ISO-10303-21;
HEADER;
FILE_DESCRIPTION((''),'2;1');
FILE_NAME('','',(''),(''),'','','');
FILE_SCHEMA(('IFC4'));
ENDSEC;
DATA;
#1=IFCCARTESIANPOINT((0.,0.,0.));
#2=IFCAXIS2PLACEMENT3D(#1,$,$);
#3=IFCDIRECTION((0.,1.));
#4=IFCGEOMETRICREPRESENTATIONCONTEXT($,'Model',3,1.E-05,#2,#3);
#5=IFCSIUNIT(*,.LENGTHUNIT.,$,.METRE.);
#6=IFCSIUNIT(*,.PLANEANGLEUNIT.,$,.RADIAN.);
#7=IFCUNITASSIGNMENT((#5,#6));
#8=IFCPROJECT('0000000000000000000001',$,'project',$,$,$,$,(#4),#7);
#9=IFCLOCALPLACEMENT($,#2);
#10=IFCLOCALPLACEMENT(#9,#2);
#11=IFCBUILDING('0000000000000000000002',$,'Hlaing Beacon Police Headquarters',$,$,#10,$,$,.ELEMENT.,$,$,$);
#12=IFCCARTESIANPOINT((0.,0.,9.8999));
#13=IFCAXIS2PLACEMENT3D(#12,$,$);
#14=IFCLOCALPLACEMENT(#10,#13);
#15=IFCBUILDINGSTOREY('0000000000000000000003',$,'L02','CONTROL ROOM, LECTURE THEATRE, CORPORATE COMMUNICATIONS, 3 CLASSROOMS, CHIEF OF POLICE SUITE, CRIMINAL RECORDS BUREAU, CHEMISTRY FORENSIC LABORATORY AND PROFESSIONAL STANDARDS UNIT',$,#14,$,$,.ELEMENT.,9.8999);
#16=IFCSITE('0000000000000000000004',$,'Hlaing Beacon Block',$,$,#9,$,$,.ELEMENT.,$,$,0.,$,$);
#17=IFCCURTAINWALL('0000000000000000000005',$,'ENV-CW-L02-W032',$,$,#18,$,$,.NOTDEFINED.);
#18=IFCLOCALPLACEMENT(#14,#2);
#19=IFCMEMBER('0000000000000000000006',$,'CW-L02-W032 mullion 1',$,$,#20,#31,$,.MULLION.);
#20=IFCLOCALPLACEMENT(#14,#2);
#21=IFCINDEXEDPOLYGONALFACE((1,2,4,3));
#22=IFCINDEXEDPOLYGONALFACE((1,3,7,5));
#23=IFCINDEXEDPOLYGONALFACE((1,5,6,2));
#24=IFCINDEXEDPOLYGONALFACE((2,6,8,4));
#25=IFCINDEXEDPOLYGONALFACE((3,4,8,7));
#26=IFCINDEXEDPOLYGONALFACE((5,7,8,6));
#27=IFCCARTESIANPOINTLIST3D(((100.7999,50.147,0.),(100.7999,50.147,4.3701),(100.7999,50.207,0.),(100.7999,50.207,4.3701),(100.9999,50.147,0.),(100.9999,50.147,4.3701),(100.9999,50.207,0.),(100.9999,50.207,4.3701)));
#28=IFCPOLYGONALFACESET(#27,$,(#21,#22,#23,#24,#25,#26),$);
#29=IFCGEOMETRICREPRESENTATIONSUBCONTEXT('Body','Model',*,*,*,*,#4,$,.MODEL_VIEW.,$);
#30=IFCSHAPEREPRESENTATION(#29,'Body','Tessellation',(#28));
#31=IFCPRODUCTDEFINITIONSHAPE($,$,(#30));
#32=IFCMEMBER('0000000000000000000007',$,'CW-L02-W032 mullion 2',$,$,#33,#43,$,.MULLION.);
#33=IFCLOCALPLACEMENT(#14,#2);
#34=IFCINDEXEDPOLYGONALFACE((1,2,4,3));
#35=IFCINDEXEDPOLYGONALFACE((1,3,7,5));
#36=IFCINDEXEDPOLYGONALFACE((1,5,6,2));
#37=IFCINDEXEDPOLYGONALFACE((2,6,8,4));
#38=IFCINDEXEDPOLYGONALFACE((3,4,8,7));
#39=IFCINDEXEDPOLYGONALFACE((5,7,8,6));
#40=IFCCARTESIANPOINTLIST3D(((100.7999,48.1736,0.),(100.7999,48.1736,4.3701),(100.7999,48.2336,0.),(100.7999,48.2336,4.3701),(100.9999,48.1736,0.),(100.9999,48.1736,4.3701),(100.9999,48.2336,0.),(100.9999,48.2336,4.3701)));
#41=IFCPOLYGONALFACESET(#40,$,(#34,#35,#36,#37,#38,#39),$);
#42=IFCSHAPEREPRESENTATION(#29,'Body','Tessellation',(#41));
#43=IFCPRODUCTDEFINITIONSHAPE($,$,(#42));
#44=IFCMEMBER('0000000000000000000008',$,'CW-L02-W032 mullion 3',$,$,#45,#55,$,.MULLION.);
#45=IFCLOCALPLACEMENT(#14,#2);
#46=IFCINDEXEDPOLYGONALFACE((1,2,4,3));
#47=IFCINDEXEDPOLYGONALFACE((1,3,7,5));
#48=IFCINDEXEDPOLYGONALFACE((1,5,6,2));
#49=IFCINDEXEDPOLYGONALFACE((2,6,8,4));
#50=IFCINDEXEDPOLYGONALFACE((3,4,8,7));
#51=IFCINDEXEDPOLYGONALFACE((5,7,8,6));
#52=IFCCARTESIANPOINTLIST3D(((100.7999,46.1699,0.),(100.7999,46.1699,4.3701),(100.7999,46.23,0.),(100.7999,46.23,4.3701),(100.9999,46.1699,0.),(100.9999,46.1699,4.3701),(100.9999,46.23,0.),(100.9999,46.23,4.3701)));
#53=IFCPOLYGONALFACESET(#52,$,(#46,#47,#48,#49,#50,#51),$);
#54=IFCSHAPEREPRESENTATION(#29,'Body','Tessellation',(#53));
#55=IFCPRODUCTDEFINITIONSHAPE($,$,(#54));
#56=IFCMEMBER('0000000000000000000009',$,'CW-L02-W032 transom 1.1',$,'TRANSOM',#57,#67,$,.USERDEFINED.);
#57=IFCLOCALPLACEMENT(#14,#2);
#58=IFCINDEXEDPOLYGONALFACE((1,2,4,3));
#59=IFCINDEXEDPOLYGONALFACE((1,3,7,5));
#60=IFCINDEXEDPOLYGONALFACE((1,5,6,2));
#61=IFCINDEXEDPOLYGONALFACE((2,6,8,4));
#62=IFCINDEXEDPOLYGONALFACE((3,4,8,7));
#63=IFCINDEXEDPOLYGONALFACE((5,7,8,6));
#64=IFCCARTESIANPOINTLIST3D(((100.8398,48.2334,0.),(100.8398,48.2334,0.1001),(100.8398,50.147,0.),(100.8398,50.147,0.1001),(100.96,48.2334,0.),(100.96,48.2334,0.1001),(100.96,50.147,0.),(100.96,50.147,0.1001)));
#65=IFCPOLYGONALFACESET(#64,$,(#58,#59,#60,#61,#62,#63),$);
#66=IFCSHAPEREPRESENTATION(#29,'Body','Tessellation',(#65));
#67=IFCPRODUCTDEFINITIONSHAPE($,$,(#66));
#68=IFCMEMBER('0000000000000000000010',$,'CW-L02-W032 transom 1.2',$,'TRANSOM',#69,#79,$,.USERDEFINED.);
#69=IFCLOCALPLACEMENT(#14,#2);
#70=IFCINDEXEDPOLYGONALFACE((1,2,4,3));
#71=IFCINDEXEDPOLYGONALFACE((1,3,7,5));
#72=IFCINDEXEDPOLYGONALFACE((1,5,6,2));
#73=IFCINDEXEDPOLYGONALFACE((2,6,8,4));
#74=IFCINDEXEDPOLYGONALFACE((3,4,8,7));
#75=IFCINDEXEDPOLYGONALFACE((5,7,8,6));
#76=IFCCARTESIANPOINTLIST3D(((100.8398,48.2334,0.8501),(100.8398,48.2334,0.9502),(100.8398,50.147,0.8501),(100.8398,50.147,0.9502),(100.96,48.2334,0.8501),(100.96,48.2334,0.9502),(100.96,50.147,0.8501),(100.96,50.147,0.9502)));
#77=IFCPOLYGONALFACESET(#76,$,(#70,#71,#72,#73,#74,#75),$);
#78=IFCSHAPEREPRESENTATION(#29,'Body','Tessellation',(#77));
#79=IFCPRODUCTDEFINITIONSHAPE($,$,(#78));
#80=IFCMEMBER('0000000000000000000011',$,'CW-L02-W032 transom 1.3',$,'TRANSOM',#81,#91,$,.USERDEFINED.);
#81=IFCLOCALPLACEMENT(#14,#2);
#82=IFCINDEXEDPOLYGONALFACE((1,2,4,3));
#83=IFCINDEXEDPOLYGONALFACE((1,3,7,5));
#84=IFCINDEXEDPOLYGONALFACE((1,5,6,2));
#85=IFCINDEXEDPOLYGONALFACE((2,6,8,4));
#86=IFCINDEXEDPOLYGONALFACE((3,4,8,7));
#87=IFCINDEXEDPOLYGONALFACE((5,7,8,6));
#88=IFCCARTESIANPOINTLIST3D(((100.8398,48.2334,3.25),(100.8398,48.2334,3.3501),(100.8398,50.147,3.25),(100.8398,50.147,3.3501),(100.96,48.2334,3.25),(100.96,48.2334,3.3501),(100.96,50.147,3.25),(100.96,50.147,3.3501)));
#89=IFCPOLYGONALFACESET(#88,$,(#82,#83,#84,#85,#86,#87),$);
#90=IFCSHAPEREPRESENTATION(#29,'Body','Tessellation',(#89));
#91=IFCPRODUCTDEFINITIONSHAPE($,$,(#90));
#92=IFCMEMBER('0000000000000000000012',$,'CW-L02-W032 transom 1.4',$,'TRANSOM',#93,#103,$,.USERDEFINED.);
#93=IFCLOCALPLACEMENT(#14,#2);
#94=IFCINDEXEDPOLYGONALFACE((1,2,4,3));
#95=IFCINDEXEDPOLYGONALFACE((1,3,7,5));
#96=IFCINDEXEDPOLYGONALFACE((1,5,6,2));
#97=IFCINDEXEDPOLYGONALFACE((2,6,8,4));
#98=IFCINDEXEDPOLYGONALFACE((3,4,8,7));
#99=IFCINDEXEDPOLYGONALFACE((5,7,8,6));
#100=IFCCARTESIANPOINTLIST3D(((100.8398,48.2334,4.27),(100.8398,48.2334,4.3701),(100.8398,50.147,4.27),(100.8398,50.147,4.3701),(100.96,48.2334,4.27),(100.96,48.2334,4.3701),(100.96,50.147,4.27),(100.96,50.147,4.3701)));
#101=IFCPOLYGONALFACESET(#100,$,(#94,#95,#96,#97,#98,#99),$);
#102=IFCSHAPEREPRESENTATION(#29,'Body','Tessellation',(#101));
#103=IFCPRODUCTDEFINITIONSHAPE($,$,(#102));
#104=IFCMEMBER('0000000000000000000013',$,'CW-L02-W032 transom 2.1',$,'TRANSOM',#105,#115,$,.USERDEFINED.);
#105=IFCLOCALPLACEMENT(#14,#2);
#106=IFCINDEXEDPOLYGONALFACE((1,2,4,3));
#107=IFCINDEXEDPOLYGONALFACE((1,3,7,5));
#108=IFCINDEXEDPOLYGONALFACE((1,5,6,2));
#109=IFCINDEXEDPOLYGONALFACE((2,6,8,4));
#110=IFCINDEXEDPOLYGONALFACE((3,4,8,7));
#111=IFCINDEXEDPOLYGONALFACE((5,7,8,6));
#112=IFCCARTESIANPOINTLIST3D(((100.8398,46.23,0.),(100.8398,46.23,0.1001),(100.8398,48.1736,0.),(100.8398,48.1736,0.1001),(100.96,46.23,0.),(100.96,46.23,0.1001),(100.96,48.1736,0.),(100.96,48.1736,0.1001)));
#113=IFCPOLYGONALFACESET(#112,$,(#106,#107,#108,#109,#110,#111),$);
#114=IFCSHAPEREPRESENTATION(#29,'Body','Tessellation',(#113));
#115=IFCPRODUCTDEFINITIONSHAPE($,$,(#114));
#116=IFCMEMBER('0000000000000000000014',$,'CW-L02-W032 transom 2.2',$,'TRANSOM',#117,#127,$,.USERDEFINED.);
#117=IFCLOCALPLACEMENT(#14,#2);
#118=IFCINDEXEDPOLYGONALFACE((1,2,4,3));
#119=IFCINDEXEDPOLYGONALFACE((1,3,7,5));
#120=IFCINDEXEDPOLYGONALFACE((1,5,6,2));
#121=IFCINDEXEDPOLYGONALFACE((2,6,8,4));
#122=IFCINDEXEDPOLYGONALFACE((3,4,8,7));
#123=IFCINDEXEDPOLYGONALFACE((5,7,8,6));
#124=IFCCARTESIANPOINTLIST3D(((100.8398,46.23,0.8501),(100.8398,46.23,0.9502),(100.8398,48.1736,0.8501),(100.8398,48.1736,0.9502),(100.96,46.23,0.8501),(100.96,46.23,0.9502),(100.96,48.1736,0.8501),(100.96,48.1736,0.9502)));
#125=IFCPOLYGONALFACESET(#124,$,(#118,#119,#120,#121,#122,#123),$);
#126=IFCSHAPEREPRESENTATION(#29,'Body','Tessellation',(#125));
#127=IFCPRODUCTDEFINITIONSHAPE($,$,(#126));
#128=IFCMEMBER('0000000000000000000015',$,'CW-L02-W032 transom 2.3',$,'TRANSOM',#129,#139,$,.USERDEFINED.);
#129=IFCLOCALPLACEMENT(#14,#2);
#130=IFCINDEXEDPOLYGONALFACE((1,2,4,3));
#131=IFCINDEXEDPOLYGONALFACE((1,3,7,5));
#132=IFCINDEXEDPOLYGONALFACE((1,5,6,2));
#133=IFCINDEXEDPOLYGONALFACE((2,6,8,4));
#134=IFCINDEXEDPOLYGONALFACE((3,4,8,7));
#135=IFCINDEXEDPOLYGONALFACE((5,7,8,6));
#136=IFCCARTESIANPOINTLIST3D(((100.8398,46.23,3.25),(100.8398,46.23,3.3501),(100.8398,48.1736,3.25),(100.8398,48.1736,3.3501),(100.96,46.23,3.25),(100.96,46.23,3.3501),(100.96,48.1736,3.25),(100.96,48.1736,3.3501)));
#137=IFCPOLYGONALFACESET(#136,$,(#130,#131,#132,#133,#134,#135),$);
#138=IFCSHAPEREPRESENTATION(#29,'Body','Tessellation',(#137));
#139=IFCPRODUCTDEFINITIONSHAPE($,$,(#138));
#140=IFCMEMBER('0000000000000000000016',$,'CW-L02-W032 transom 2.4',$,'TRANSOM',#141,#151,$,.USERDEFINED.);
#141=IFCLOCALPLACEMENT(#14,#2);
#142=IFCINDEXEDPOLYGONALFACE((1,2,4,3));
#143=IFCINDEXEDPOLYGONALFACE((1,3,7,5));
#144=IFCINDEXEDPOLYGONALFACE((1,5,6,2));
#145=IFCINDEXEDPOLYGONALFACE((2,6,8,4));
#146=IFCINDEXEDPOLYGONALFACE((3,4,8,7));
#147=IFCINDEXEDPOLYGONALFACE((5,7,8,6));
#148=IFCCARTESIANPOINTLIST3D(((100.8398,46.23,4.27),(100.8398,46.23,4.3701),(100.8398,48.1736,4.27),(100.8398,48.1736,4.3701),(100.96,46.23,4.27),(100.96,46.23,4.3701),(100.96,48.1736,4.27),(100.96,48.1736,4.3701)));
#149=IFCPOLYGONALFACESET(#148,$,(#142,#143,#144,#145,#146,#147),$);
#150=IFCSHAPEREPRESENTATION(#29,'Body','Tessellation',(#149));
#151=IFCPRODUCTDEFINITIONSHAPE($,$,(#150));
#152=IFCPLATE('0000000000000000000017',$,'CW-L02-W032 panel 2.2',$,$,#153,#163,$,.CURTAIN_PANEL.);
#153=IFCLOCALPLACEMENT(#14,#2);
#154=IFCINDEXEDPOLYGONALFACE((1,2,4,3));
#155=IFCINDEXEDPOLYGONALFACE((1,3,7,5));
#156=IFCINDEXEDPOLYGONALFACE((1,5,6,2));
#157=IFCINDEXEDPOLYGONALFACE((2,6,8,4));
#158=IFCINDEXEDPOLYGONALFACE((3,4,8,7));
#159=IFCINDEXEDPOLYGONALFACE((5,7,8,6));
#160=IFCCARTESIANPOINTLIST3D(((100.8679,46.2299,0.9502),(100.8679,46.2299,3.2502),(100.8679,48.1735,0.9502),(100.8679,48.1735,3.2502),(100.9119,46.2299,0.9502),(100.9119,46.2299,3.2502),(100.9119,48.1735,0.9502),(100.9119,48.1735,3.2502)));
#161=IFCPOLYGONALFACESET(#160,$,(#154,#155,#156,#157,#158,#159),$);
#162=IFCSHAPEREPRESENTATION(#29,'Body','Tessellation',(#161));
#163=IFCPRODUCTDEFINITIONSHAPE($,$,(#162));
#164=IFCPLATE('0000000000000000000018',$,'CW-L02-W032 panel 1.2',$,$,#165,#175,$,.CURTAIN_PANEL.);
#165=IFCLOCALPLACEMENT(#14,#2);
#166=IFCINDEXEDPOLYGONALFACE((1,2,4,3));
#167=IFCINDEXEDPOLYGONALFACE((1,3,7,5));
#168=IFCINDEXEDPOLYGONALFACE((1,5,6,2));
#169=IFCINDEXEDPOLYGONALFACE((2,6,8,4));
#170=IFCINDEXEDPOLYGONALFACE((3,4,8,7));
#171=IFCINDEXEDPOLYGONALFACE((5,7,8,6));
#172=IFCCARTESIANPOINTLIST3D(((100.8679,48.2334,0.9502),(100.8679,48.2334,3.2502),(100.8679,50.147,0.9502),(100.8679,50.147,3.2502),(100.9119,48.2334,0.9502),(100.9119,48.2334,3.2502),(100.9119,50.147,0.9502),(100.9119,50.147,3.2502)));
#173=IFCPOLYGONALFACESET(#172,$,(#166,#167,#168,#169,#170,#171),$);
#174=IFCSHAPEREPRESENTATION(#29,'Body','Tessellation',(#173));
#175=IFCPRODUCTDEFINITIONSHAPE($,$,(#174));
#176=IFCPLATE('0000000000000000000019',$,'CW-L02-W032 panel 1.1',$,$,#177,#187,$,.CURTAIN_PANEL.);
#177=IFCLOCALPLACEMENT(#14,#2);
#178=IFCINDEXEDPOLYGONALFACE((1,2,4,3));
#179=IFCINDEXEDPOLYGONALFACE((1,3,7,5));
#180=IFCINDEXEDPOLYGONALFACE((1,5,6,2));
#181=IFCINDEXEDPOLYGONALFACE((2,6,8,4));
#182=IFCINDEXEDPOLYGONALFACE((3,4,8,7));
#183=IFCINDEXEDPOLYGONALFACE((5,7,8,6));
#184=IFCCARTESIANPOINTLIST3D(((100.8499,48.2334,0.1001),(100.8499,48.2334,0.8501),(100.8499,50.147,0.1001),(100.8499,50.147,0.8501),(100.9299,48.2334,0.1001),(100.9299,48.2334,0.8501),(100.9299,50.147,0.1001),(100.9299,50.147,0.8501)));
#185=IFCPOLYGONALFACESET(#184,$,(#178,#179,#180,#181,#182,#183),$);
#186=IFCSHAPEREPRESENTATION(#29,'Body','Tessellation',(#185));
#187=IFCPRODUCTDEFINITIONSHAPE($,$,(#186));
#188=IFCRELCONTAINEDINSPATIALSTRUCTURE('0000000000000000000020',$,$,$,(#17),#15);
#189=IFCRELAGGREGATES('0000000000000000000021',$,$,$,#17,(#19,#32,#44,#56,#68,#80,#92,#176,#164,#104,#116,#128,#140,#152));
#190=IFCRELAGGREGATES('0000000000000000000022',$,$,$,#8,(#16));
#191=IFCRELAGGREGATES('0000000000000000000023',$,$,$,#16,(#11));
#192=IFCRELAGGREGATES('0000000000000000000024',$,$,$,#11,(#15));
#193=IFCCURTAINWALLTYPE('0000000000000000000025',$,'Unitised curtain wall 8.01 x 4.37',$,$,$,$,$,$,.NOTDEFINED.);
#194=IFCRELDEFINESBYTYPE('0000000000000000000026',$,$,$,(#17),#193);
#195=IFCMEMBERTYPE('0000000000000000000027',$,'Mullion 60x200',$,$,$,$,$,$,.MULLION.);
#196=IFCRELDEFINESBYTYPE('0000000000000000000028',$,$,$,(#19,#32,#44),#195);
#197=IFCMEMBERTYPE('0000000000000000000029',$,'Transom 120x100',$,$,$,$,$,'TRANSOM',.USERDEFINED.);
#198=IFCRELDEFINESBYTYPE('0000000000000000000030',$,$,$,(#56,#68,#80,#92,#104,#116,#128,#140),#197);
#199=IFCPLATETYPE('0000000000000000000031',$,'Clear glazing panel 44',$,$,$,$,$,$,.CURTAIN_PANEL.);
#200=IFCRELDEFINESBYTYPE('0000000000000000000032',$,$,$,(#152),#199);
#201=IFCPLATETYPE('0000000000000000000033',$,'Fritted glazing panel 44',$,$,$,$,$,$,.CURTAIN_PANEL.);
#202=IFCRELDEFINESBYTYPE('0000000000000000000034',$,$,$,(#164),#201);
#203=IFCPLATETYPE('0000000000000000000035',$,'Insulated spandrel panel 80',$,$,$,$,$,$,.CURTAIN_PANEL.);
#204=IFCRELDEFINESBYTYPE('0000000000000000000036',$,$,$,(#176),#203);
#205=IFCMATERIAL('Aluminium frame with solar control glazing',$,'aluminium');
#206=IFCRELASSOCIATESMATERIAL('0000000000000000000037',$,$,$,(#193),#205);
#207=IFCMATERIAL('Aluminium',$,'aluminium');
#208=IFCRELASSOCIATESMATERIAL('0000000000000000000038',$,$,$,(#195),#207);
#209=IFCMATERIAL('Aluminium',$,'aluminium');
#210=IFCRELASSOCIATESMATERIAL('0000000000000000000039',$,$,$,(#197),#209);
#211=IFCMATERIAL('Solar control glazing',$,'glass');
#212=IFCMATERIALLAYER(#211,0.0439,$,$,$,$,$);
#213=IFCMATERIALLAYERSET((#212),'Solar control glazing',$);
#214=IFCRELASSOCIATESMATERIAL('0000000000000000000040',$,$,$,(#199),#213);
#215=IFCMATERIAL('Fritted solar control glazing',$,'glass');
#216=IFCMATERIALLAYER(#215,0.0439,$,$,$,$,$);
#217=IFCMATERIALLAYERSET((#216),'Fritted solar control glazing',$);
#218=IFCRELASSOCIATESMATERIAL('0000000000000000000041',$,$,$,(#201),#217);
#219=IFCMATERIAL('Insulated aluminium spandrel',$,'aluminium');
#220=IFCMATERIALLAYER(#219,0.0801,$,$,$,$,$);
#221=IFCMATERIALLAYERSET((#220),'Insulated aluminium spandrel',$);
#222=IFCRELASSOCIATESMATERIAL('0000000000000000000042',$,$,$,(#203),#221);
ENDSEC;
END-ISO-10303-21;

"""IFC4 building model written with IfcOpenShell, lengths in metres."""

from ifc_helpers import new_model, si_unit, direction, frame, origin, origin_2d, place, context, subcontext, project, spatial, rectangle, extrude, material, layer, layer_set, material_profile, profile_set, type_object, element, aggregate, save


model = new_model("IFC4")

# Units and contexts
model_context = context("Model", 3, precision=1e-05, world=origin(), true_north=direction((0.0, 1.0)))
body_context = subcontext(model_context, "Body", "Model", "MODEL_VIEW")
ifc_project = project(units=[si_unit("LENGTHUNIT", "METRE"), si_unit("PLANEANGLEUNIT", "RADIAN")], contexts=[model_context])

# Site, building, storey
site_placement = place(None, origin())
site = spatial("IfcSite", under=ifc_project, at=site_placement, Name="Hlaing Beacon Block", CompositionType="ELEMENT", RefElevation=0.0)
building_placement = place(site_placement, origin())
building = spatial("IfcBuilding", under=site, at=building_placement, Name="Hlaing Beacon Police Headquarters", CompositionType="ELEMENT")
storey_placement = place(building_placement, frame((0.0, 0.0, 9.8999)))
storey = spatial("IfcBuildingStorey", under=building, at=storey_placement, Name="L02", Description="CONTROL ROOM, LECTURE THEATRE, CORPORATE COMMUNICATIONS, 3 CLASSROOMS, CHIEF OF POLICE SUITE, CRIMINAL RECORDS BUREAU, CHEMISTRY FORENSIC LABORATORY AND PROFESSIONAL STANDARDS UNIT", CompositionType="ELEMENT", Elevation=9.8999)

# Curtain wall, members, plates
ifc_material_1 = material(Name="Aluminium frame with solar control glazing", Category="aluminium")
curtain_wall_type = type_object("IfcCurtainWallType", Name="Unitised curtain wall 8.01 x 4.37", PredefinedType="NOTDEFINED", material=ifc_material_1)
curtain_wall_placement = place(storey_placement, origin())
curtain_wall = element("IfcCurtainWall", 1, at=curtain_wall_placement, inside=storey, type_object=curtain_wall_type, Name="ENV-CW-L02-W032", PredefinedType="NOTDEFINED")
ifc_material_2 = material(Name="Aluminium", Category="aluminium")
ifc_material_profile_1 = material_profile(ifc_material_2, rectangle(XDim=0.2, YDim=0.0601, at=origin_2d()), Name="Mullion 60x200")
ifc_profile_set_1 = profile_set([ifc_material_profile_1], Name="Aluminium")
member_type_1 = type_object("IfcMemberType", Name="Mullion 60x200", PredefinedType="MULLION", material=ifc_profile_set_1)
member_1_placement = place(storey_placement, frame((100.8999, 50.177, 0.0), z_axis=(0.0, 0.0, 1.0), x_axis=(1.0, 0.0, 0.0)))
member_1 = element("IfcMember", 2, at=member_1_placement, type_object=member_type_1, Name="CW-L02-W032 mullion 1", PredefinedType="MULLION", context=body_context, shape_type="SweptSolid", body=[
    extrude(rectangle(XDim=0.2, YDim=0.0601, at=origin_2d()), origin(), (0.0, 0.0, 1.0), 4.3701),
])
member_2_placement = place(storey_placement, frame((100.8999, 48.2036, 0.0), z_axis=(0.0, 0.0, 1.0), x_axis=(1.0, 0.0, 0.0)))
member_2 = element("IfcMember", 3, at=member_2_placement, type_object=member_type_1, Name="CW-L02-W032 mullion 2", PredefinedType="MULLION", context=body_context, shape_type="SweptSolid", body=[
    extrude(rectangle(XDim=0.2, YDim=0.0601, at=origin_2d()), origin(), (0.0, 0.0, 1.0), 4.3701),
])
member_3_placement = place(storey_placement, frame((100.8999, 46.2, 0.0), z_axis=(0.0, 0.0, 1.0), x_axis=(1.0, 0.0, 0.0)))
member_3 = element("IfcMember", 4, at=member_3_placement, type_object=member_type_1, Name="CW-L02-W032 mullion 3", PredefinedType="MULLION", context=body_context, shape_type="SweptSolid", body=[
    extrude(rectangle(XDim=0.2, YDim=0.0601, at=origin_2d()), origin(), (0.0, 0.0, 1.0), 4.3701),
])
ifc_material_3 = material(Name="Aluminium", Category="aluminium")
ifc_material_profile_2 = material_profile(ifc_material_3, rectangle(XDim=0.1201, YDim=0.1001, at=origin_2d()), Name="Transom 120x100")
ifc_profile_set_2 = profile_set([ifc_material_profile_2], Name="Aluminium")
member_type_2 = type_object("IfcMemberType", Name="Transom 120x100", ElementType="TRANSOM", PredefinedType="USERDEFINED", material=ifc_profile_set_2)
member_4_placement = place(storey_placement, frame((100.8999, 50.147, 0.05), z_axis=(0.0, -1.0, 0.0), x_axis=(1.0, 0.0, 0.0)))
member_4 = element("IfcMember", 5, at=member_4_placement, type_object=member_type_2, Name="CW-L02-W032 transom 1.1", ObjectType="TRANSOM", PredefinedType="USERDEFINED", context=body_context, shape_type="SweptSolid", body=[
    extrude(rectangle(XDim=0.1201, YDim=0.1001, at=origin_2d()), origin(), (0.0, 0.0, 1.0), 1.9136),
])
member_5_placement = place(storey_placement, frame((100.8999, 50.147, 0.9001), z_axis=(0.0, -1.0, 0.0), x_axis=(1.0, 0.0, 0.0)))
member_5 = element("IfcMember", 6, at=member_5_placement, type_object=member_type_2, Name="CW-L02-W032 transom 1.2", ObjectType="TRANSOM", PredefinedType="USERDEFINED", context=body_context, shape_type="SweptSolid", body=[
    extrude(rectangle(XDim=0.1201, YDim=0.1001, at=origin_2d()), origin(), (0.0, 0.0, 1.0), 1.9136),
])
member_6_placement = place(storey_placement, frame((100.8999, 50.147, 3.3), z_axis=(0.0, -1.0, 0.0), x_axis=(1.0, 0.0, 0.0)))
member_6 = element("IfcMember", 7, at=member_6_placement, type_object=member_type_2, Name="CW-L02-W032 transom 1.3", ObjectType="TRANSOM", PredefinedType="USERDEFINED", context=body_context, shape_type="SweptSolid", body=[
    extrude(rectangle(XDim=0.1201, YDim=0.1001, at=origin_2d()), origin(), (0.0, 0.0, 1.0), 1.9136),
])
member_7_placement = place(storey_placement, frame((100.8999, 50.147, 4.3201), z_axis=(0.0, -1.0, 0.0), x_axis=(1.0, 0.0, 0.0)))
member_7 = element("IfcMember", 8, at=member_7_placement, type_object=member_type_2, Name="CW-L02-W032 transom 1.4", ObjectType="TRANSOM", PredefinedType="USERDEFINED", context=body_context, shape_type="SweptSolid", body=[
    extrude(rectangle(XDim=0.1201, YDim=0.1001, at=origin_2d()), origin(), (0.0, 0.0, 1.0), 1.9136),
])
member_8_placement = place(storey_placement, frame((100.8999, 48.1736, 0.05), z_axis=(0.0, -1.0, 0.0), x_axis=(1.0, 0.0, 0.0)))
member_8 = element("IfcMember", 9, at=member_8_placement, type_object=member_type_2, Name="CW-L02-W032 transom 2.1", ObjectType="TRANSOM", PredefinedType="USERDEFINED", context=body_context, shape_type="SweptSolid", body=[
    extrude(rectangle(XDim=0.1201, YDim=0.1001, at=origin_2d()), origin(), (0.0, 0.0, 1.0), 1.9436),
])
member_9_placement = place(storey_placement, frame((100.8999, 48.1736, 0.9001), z_axis=(0.0, -1.0, 0.0), x_axis=(1.0, 0.0, 0.0)))
member_9 = element("IfcMember", 10, at=member_9_placement, type_object=member_type_2, Name="CW-L02-W032 transom 2.2", ObjectType="TRANSOM", PredefinedType="USERDEFINED", context=body_context, shape_type="SweptSolid", body=[
    extrude(rectangle(XDim=0.1201, YDim=0.1001, at=origin_2d()), origin(), (0.0, 0.0, 1.0), 1.9436),
])
member_10_placement = place(storey_placement, frame((100.8999, 48.1736, 3.3), z_axis=(0.0, -1.0, 0.0), x_axis=(1.0, 0.0, 0.0)))
member_10 = element("IfcMember", 11, at=member_10_placement, type_object=member_type_2, Name="CW-L02-W032 transom 2.3", ObjectType="TRANSOM", PredefinedType="USERDEFINED", context=body_context, shape_type="SweptSolid", body=[
    extrude(rectangle(XDim=0.1201, YDim=0.1001, at=origin_2d()), origin(), (0.0, 0.0, 1.0), 1.9436),
])
member_11_placement = place(storey_placement, frame((100.8999, 48.1736, 4.3201), z_axis=(0.0, -1.0, 0.0), x_axis=(1.0, 0.0, 0.0)))
member_11 = element("IfcMember", 12, at=member_11_placement, type_object=member_type_2, Name="CW-L02-W032 transom 2.4", ObjectType="TRANSOM", PredefinedType="USERDEFINED", context=body_context, shape_type="SweptSolid", body=[
    extrude(rectangle(XDim=0.1201, YDim=0.1001, at=origin_2d()), origin(), (0.0, 0.0, 1.0), 1.9436),
])
ifc_material_4 = material(Name="Solar control glazing", Category="glass")
ifc_layer_1 = layer(ifc_material_4, 0.0439)
ifc_layer_set_1 = layer_set([ifc_layer_1], Name="Solar control glazing")
plate_type_1 = type_object("IfcPlateType", Name="Clear glazing panel 44", PredefinedType="CURTAIN_PANEL", material=ifc_layer_set_1)
plate_1_placement = place(storey_placement, frame((100.8899, 47.2017, 0.9502), z_axis=(0.0, 0.0, 1.0), x_axis=(0.0, -1.0, 0.0)))
plate_1 = element("IfcPlate", 13, at=plate_1_placement, type_object=plate_type_1, Name="CW-L02-W032 panel 2.2", PredefinedType="CURTAIN_PANEL", context=body_context, shape_type="SweptSolid", body=[
    extrude(rectangle(XDim=1.9436, YDim=0.0439, at=origin_2d()), origin(), (0.0, 0.0, 1.0), 2.3),
])
ifc_material_5 = material(Name="Fritted solar control glazing", Category="glass")
ifc_layer_2 = layer(ifc_material_5, 0.0439)
ifc_layer_set_2 = layer_set([ifc_layer_2], Name="Fritted solar control glazing")
plate_type_2 = type_object("IfcPlateType", Name="Fritted glazing panel 44", PredefinedType="CURTAIN_PANEL", material=ifc_layer_set_2)
plate_2_placement = place(storey_placement, frame((100.8899, 49.1902, 0.9502), z_axis=(0.0, 0.0, 1.0), x_axis=(0.0, -1.0, 0.0)))
plate_2 = element("IfcPlate", 14, at=plate_2_placement, type_object=plate_type_2, Name="CW-L02-W032 panel 1.2", PredefinedType="CURTAIN_PANEL", context=body_context, shape_type="SweptSolid", body=[
    extrude(rectangle(XDim=1.9136, YDim=0.0439, at=origin_2d()), origin(), (0.0, 0.0, 1.0), 2.3),
])
ifc_material_6 = material(Name="Insulated aluminium spandrel", Category="aluminium")
ifc_layer_3 = layer(ifc_material_6, 0.0801)
ifc_layer_set_3 = layer_set([ifc_layer_3], Name="Insulated aluminium spandrel")
plate_type_3 = type_object("IfcPlateType", Name="Insulated spandrel panel 80", PredefinedType="CURTAIN_PANEL", material=ifc_layer_set_3)
plate_3_placement = place(storey_placement, frame((100.8899, 49.1902, 0.1001), z_axis=(0.0, 0.0, 1.0), x_axis=(0.0, -1.0, 0.0)))
plate_3 = element("IfcPlate", 15, at=plate_3_placement, type_object=plate_type_3, Name="CW-L02-W032 panel 1.1", PredefinedType="CURTAIN_PANEL", context=body_context, shape_type="SweptSolid", body=[
    extrude(rectangle(XDim=1.9136, YDim=0.0801, at=origin_2d()), origin(), (0.0, 0.0, 1.0), 0.75),
])
aggregate(curtain_wall, [member_1, member_2, member_3, member_4, member_5, member_6, member_7, plate_3, plate_2, member_8, member_9, member_10, member_11, plate_1])

save(model, "model.ifc")
